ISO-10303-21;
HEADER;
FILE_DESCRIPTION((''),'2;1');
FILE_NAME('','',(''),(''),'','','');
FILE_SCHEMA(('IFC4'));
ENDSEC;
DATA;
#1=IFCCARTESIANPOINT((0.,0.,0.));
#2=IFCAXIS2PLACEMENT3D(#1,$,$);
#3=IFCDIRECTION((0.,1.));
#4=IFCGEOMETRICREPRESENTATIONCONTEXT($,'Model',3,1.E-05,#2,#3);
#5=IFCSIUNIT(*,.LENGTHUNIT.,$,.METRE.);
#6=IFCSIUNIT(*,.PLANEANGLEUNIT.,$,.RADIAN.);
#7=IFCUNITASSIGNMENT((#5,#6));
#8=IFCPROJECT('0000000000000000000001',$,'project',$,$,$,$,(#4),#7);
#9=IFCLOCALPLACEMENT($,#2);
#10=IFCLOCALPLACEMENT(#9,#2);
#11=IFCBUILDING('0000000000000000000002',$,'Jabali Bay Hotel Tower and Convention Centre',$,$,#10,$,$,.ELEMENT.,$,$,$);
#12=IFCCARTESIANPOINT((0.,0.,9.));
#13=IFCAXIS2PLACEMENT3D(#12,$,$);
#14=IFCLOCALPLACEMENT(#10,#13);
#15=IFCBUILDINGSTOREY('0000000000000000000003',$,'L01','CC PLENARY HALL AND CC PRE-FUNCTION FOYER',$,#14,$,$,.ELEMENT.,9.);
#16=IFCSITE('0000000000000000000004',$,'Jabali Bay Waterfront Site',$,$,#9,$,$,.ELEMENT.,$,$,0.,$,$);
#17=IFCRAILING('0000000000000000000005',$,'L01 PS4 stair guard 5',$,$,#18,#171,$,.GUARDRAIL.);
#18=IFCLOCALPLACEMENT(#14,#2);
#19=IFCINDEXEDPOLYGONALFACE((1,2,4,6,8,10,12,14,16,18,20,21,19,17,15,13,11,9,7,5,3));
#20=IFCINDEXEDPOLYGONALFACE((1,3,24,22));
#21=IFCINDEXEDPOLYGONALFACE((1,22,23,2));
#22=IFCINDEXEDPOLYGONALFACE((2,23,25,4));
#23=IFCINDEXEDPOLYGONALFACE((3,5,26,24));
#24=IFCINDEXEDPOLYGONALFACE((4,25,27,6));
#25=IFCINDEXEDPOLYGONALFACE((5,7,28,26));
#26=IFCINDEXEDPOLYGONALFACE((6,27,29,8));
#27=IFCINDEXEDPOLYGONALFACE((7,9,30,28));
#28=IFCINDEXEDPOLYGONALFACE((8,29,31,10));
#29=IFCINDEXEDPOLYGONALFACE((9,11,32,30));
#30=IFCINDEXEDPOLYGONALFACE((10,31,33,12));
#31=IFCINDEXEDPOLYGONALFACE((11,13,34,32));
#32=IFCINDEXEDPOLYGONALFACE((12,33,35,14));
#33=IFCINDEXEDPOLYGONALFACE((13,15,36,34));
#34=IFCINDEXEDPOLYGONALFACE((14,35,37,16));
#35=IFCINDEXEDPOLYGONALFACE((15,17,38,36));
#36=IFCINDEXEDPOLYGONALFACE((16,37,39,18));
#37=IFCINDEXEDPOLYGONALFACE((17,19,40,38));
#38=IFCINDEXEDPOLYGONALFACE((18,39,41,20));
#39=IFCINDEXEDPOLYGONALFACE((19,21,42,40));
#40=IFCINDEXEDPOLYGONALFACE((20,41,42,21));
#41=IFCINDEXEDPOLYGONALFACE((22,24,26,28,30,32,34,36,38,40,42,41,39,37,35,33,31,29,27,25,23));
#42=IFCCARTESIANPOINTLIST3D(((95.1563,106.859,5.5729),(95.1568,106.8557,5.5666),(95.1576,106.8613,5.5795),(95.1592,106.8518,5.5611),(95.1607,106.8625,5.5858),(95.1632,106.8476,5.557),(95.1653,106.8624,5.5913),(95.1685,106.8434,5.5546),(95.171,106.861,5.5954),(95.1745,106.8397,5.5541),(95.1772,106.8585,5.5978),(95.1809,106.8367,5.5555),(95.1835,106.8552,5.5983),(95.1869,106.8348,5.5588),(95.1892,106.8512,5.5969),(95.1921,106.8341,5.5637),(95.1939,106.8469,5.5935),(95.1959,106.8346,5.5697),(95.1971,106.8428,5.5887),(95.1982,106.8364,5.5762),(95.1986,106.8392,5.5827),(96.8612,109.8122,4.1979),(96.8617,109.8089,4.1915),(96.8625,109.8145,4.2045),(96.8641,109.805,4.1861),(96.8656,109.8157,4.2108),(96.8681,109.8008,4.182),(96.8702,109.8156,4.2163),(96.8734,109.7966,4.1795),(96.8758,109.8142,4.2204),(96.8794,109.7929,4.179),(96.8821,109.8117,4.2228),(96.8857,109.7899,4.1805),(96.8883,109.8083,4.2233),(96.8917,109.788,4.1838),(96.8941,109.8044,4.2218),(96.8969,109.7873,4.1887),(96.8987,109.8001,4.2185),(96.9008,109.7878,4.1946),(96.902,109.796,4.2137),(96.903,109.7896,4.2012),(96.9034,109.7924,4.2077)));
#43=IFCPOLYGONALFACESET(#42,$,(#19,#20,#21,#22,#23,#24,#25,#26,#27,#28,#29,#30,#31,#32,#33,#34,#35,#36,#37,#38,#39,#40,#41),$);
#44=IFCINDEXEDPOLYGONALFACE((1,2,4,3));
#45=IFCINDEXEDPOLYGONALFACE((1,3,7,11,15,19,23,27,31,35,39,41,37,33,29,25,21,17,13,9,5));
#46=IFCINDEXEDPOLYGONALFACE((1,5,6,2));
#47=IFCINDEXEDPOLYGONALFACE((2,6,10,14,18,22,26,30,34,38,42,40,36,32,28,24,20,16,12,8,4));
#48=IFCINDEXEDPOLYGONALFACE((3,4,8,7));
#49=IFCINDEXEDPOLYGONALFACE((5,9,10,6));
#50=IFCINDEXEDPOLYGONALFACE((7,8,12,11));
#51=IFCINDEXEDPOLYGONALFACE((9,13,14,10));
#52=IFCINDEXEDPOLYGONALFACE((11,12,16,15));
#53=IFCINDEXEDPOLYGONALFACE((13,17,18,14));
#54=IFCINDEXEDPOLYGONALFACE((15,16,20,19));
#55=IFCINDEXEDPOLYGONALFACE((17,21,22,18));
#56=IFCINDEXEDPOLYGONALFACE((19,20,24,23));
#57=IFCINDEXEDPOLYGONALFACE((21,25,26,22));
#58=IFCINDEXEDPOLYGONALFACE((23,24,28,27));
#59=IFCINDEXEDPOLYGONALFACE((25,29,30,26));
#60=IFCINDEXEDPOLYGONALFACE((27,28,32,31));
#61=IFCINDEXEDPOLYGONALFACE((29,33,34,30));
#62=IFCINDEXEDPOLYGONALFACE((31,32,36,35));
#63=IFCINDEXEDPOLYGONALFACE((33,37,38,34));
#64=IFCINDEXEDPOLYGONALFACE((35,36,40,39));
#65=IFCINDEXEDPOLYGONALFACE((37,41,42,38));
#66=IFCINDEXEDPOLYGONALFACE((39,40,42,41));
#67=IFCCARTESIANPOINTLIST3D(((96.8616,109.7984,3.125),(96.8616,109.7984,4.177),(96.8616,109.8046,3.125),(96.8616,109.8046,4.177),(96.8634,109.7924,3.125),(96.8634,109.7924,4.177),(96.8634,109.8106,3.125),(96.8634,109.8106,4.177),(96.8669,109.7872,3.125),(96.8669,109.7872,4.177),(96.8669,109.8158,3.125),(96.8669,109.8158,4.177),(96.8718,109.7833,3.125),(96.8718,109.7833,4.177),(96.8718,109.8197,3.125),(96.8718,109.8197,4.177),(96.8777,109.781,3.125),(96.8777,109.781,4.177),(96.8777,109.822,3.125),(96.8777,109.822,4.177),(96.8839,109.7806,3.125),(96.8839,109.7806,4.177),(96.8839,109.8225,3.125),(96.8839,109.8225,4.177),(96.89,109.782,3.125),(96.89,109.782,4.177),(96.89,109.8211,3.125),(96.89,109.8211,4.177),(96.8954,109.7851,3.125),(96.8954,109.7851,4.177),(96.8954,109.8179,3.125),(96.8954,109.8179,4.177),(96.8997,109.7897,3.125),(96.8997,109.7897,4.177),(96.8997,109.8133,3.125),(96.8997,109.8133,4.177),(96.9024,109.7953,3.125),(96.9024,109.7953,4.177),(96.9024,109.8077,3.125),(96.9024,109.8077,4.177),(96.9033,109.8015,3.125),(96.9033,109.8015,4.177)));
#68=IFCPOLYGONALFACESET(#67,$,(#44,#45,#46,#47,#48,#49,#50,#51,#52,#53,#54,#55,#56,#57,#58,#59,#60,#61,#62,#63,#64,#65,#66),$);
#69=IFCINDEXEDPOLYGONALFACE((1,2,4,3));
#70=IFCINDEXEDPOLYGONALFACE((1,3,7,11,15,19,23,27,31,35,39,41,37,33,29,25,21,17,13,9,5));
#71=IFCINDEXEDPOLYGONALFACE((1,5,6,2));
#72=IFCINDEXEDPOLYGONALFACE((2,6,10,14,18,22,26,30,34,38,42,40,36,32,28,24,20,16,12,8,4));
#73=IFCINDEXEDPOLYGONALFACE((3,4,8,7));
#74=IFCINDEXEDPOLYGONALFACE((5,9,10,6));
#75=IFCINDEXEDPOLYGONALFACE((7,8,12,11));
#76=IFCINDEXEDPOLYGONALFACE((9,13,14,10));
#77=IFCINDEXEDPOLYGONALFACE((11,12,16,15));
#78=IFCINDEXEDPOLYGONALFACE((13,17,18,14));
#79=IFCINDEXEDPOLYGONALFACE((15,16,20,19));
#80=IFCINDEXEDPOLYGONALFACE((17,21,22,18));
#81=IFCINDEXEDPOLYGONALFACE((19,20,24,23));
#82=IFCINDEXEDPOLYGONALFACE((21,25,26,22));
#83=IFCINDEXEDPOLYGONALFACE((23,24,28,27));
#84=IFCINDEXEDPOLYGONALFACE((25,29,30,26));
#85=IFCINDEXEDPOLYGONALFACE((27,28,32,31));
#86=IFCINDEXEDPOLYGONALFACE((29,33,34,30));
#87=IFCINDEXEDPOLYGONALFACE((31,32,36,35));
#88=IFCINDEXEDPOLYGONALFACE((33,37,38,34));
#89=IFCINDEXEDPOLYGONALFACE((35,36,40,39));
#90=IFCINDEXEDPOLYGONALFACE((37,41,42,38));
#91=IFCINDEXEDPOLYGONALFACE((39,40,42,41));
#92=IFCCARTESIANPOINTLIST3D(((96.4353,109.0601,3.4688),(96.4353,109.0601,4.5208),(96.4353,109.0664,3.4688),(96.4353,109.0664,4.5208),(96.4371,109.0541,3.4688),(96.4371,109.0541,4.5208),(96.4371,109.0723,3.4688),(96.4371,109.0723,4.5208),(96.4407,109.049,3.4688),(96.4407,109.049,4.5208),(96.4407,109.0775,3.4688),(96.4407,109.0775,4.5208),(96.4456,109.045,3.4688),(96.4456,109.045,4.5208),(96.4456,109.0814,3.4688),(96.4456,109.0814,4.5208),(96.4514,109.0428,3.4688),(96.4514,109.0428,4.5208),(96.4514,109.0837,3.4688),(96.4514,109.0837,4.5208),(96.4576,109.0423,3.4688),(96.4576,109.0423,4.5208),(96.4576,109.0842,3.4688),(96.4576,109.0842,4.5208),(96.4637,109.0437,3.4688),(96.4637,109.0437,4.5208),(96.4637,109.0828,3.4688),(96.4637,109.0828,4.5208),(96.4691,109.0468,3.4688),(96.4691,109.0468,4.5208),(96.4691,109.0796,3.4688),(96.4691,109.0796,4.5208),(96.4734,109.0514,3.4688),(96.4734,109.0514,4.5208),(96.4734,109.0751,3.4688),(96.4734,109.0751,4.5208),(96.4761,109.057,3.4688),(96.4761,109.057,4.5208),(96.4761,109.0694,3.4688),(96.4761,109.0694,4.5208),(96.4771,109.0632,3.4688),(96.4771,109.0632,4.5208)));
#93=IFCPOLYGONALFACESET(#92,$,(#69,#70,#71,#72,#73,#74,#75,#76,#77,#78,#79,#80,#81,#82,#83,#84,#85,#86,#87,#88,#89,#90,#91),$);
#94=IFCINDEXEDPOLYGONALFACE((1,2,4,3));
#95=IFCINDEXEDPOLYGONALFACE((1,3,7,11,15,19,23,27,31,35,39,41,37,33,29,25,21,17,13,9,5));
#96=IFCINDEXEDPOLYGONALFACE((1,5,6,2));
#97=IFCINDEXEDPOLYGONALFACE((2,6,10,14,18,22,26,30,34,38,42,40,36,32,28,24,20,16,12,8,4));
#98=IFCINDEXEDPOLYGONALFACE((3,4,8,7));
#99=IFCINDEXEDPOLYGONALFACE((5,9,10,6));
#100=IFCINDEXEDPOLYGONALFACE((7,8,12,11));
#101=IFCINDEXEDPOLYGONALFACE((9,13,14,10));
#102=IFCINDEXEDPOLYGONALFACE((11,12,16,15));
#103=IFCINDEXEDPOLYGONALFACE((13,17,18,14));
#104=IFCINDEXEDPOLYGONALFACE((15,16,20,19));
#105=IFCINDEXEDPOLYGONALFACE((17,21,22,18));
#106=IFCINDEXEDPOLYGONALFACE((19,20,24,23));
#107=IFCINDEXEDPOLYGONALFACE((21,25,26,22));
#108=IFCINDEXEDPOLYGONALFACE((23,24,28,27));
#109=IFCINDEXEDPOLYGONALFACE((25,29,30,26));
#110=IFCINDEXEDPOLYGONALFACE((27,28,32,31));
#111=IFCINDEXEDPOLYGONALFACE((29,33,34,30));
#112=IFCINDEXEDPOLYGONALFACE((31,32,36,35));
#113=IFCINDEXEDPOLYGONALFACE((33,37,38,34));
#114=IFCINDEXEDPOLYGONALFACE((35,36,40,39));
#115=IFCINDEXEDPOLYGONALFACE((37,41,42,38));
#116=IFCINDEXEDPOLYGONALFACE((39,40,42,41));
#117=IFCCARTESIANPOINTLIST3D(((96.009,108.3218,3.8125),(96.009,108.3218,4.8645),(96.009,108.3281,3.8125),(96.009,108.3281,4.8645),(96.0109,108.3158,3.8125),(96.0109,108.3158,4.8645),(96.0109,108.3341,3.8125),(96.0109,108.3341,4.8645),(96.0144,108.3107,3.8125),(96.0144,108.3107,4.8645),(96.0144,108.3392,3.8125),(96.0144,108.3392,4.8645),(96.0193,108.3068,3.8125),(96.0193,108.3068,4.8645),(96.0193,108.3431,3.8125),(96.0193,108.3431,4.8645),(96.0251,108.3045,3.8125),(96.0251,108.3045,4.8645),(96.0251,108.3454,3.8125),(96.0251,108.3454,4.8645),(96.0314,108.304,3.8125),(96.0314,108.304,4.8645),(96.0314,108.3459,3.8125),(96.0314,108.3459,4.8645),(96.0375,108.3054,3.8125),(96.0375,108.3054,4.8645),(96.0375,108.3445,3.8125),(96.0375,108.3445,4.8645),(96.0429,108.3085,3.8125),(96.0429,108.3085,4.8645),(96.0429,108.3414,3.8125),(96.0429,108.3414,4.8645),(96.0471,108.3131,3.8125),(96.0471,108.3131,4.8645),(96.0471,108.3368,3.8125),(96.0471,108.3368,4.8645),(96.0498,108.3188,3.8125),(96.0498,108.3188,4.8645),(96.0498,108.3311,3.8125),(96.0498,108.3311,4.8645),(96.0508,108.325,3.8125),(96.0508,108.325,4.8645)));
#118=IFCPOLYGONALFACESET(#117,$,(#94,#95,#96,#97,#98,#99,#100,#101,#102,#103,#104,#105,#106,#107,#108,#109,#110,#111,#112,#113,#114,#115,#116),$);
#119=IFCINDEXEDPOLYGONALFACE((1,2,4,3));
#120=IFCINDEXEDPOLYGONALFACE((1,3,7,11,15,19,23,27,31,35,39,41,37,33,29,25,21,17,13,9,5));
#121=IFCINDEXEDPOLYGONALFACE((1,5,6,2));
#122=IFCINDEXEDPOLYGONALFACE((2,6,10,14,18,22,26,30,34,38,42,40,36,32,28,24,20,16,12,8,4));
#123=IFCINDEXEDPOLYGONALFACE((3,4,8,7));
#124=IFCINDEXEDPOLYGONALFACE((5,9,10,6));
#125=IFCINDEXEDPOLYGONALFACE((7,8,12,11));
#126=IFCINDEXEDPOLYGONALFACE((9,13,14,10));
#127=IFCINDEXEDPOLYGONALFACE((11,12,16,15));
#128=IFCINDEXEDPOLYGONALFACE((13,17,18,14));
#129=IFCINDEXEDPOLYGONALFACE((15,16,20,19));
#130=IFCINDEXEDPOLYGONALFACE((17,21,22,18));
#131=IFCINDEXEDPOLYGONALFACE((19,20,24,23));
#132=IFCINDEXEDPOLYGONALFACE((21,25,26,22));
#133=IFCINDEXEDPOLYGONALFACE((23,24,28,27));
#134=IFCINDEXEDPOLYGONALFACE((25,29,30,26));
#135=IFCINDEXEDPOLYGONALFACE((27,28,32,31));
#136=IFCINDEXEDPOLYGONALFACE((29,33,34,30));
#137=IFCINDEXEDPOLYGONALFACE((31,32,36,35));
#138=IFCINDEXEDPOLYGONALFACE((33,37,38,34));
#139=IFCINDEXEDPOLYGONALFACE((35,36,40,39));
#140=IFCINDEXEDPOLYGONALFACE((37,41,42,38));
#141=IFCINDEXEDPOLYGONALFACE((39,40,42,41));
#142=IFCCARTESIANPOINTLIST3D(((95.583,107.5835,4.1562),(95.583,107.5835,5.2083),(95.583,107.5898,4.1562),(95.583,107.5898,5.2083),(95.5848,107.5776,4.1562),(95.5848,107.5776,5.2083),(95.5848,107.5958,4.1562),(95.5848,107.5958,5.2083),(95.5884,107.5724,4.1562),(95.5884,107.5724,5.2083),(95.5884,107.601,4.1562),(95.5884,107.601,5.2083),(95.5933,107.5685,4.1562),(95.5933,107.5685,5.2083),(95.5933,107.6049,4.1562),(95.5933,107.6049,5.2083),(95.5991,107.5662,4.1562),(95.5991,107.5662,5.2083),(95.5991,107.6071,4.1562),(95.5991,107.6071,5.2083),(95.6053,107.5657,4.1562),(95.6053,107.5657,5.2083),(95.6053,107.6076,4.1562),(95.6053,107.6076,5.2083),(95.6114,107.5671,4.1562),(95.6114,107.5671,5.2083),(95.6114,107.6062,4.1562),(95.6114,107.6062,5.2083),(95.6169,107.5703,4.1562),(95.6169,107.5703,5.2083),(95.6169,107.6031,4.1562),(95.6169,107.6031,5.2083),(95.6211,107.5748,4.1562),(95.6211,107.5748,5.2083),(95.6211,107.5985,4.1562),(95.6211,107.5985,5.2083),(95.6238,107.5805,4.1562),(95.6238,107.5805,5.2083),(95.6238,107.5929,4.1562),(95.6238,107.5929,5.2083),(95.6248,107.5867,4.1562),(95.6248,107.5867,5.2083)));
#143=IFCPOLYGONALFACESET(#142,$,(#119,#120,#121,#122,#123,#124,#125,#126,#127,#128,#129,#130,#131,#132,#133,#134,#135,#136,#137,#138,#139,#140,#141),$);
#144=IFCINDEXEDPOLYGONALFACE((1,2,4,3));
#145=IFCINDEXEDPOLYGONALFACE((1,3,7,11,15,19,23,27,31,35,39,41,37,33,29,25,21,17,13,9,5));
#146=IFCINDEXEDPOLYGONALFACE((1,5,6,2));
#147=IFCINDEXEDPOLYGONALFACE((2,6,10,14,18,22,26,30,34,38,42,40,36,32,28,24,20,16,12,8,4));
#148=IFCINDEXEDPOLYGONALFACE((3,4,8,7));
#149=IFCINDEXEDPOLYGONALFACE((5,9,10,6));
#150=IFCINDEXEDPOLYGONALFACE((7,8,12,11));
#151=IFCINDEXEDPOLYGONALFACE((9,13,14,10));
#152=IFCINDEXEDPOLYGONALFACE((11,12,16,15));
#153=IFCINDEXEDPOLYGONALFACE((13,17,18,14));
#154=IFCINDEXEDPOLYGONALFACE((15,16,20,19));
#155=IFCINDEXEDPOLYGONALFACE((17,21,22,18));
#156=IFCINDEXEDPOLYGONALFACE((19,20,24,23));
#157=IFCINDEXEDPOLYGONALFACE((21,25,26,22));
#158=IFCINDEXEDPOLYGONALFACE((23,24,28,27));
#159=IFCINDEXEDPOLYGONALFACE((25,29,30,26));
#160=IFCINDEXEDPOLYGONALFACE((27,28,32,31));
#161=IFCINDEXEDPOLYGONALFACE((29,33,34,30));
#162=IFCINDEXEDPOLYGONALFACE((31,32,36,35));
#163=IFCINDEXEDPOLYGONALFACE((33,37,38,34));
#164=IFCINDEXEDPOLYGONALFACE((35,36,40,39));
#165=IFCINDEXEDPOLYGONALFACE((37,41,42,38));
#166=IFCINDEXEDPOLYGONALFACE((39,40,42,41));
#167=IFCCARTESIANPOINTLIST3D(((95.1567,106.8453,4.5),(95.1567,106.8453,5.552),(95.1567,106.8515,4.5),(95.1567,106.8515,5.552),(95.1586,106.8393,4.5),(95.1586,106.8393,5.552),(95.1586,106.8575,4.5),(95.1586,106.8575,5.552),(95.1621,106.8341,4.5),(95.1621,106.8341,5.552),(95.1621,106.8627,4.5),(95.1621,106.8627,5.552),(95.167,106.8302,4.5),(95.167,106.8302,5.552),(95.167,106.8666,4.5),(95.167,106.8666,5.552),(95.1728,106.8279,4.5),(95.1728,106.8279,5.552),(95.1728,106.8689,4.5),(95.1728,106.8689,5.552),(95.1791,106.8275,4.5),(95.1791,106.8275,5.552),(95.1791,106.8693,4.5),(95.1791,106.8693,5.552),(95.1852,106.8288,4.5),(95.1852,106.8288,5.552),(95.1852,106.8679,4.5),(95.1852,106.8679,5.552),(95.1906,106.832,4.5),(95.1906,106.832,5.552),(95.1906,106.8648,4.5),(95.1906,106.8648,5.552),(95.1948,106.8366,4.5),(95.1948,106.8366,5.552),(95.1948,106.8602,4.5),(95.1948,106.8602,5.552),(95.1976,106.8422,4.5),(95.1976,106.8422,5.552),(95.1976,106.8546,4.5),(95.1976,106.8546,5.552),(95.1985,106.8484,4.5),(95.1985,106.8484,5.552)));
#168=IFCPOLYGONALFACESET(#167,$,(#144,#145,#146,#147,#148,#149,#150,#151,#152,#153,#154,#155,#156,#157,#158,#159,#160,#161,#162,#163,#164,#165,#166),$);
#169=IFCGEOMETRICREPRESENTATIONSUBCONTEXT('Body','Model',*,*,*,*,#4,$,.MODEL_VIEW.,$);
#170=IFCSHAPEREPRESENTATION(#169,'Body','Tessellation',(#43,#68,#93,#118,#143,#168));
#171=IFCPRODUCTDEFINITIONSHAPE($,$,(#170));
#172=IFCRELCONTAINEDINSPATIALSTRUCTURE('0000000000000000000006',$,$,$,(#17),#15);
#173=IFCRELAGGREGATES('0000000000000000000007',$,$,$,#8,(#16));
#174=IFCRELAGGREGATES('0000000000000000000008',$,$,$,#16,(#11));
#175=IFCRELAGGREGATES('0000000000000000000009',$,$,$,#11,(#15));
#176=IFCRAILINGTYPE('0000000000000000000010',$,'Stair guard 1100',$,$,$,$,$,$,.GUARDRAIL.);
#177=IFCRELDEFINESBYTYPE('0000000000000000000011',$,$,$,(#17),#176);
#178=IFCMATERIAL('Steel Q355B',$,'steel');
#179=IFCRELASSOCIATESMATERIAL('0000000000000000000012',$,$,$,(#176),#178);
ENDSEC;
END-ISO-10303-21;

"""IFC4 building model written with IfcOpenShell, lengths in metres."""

from ifc_helpers import new_model, si_unit, direction, frame, origin, origin_2d, place, context, subcontext, project, spatial, circle, extrude, material, type_object, element, save


model = new_model("IFC4")

# Units and contexts
model_context = context("Model", 3, precision=1e-05, world=origin(), true_north=direction((0.0, 1.0)))
body_context = subcontext(model_context, "Body", "Model", "MODEL_VIEW")
ifc_project = project(units=[si_unit("LENGTHUNIT", "METRE"), si_unit("PLANEANGLEUNIT", "RADIAN")], contexts=[model_context])

# Site, building, storey
site_placement = place(None, origin())
site = spatial("IfcSite", under=ifc_project, at=site_placement, Name="Jabali Bay Waterfront Site", CompositionType="ELEMENT", RefElevation=0.0)
building_placement = place(site_placement, origin())
building = spatial("IfcBuilding", under=site, at=building_placement, Name="Jabali Bay Hotel Tower and Convention Centre", CompositionType="ELEMENT")
storey_placement = place(building_placement, frame((0.0, 0.0, 9.0)))
storey = spatial("IfcBuildingStorey", under=building, at=storey_placement, Name="L01", Description="CC PLENARY HALL AND CC PRE-FUNCTION FOYER", CompositionType="ELEMENT", Elevation=9.0)

# Railing
ifc_material_1 = material(Name="Steel Q355B", Category="steel")
railing_type_1 = type_object("IfcRailingType", Name="Stair guard 1100", PredefinedType="GUARDRAIL", material=ifc_material_1)
railing_1_placement = place(storey_placement, frame((96.8823, 109.8015, 3.125)))
element("IfcRailing", 1, at=railing_1_placement, inside=storey, type_object=railing_type_1, Name="L01 PS4 stair guard 5", PredefinedType="GUARDRAIL", context=body_context, shape_type="SweptSolid", body=[
    extrude(circle(Radius=0.0239, at=origin_2d()), frame((0.0, 0.0, 1.0762), z_axis=(-0.463687, -0.803203, 0.373978), x_axis=(0.866045, -0.499966, 0.0)), (0.0, 0.0, 1.0), 3.6768),
    extrude(circle(Radius=0.021, at=origin_2d()), origin(), (0.0, 0.0, 1.0), 1.052),
    extrude(circle(Radius=0.021, at=origin_2d()), frame((-0.4263, -0.7383, 0.3438)), (0.0, 0.0, 1.0), 1.052),
    extrude(circle(Radius=0.021, at=origin_2d()), frame((-0.8525, -1.4766, 0.6875)), (0.0, 0.0, 1.0), 1.052),
    extrude(circle(Radius=0.021, at=origin_2d()), frame((-1.2786, -2.2148, 1.0312)), (0.0, 0.0, 1.0), 1.052),
    extrude(circle(Radius=0.021, at=origin_2d()), frame((-1.7048, -2.9531, 1.375)), (0.0, 0.0, 1.0), 1.052),
])

save(model, "model.ifc")
